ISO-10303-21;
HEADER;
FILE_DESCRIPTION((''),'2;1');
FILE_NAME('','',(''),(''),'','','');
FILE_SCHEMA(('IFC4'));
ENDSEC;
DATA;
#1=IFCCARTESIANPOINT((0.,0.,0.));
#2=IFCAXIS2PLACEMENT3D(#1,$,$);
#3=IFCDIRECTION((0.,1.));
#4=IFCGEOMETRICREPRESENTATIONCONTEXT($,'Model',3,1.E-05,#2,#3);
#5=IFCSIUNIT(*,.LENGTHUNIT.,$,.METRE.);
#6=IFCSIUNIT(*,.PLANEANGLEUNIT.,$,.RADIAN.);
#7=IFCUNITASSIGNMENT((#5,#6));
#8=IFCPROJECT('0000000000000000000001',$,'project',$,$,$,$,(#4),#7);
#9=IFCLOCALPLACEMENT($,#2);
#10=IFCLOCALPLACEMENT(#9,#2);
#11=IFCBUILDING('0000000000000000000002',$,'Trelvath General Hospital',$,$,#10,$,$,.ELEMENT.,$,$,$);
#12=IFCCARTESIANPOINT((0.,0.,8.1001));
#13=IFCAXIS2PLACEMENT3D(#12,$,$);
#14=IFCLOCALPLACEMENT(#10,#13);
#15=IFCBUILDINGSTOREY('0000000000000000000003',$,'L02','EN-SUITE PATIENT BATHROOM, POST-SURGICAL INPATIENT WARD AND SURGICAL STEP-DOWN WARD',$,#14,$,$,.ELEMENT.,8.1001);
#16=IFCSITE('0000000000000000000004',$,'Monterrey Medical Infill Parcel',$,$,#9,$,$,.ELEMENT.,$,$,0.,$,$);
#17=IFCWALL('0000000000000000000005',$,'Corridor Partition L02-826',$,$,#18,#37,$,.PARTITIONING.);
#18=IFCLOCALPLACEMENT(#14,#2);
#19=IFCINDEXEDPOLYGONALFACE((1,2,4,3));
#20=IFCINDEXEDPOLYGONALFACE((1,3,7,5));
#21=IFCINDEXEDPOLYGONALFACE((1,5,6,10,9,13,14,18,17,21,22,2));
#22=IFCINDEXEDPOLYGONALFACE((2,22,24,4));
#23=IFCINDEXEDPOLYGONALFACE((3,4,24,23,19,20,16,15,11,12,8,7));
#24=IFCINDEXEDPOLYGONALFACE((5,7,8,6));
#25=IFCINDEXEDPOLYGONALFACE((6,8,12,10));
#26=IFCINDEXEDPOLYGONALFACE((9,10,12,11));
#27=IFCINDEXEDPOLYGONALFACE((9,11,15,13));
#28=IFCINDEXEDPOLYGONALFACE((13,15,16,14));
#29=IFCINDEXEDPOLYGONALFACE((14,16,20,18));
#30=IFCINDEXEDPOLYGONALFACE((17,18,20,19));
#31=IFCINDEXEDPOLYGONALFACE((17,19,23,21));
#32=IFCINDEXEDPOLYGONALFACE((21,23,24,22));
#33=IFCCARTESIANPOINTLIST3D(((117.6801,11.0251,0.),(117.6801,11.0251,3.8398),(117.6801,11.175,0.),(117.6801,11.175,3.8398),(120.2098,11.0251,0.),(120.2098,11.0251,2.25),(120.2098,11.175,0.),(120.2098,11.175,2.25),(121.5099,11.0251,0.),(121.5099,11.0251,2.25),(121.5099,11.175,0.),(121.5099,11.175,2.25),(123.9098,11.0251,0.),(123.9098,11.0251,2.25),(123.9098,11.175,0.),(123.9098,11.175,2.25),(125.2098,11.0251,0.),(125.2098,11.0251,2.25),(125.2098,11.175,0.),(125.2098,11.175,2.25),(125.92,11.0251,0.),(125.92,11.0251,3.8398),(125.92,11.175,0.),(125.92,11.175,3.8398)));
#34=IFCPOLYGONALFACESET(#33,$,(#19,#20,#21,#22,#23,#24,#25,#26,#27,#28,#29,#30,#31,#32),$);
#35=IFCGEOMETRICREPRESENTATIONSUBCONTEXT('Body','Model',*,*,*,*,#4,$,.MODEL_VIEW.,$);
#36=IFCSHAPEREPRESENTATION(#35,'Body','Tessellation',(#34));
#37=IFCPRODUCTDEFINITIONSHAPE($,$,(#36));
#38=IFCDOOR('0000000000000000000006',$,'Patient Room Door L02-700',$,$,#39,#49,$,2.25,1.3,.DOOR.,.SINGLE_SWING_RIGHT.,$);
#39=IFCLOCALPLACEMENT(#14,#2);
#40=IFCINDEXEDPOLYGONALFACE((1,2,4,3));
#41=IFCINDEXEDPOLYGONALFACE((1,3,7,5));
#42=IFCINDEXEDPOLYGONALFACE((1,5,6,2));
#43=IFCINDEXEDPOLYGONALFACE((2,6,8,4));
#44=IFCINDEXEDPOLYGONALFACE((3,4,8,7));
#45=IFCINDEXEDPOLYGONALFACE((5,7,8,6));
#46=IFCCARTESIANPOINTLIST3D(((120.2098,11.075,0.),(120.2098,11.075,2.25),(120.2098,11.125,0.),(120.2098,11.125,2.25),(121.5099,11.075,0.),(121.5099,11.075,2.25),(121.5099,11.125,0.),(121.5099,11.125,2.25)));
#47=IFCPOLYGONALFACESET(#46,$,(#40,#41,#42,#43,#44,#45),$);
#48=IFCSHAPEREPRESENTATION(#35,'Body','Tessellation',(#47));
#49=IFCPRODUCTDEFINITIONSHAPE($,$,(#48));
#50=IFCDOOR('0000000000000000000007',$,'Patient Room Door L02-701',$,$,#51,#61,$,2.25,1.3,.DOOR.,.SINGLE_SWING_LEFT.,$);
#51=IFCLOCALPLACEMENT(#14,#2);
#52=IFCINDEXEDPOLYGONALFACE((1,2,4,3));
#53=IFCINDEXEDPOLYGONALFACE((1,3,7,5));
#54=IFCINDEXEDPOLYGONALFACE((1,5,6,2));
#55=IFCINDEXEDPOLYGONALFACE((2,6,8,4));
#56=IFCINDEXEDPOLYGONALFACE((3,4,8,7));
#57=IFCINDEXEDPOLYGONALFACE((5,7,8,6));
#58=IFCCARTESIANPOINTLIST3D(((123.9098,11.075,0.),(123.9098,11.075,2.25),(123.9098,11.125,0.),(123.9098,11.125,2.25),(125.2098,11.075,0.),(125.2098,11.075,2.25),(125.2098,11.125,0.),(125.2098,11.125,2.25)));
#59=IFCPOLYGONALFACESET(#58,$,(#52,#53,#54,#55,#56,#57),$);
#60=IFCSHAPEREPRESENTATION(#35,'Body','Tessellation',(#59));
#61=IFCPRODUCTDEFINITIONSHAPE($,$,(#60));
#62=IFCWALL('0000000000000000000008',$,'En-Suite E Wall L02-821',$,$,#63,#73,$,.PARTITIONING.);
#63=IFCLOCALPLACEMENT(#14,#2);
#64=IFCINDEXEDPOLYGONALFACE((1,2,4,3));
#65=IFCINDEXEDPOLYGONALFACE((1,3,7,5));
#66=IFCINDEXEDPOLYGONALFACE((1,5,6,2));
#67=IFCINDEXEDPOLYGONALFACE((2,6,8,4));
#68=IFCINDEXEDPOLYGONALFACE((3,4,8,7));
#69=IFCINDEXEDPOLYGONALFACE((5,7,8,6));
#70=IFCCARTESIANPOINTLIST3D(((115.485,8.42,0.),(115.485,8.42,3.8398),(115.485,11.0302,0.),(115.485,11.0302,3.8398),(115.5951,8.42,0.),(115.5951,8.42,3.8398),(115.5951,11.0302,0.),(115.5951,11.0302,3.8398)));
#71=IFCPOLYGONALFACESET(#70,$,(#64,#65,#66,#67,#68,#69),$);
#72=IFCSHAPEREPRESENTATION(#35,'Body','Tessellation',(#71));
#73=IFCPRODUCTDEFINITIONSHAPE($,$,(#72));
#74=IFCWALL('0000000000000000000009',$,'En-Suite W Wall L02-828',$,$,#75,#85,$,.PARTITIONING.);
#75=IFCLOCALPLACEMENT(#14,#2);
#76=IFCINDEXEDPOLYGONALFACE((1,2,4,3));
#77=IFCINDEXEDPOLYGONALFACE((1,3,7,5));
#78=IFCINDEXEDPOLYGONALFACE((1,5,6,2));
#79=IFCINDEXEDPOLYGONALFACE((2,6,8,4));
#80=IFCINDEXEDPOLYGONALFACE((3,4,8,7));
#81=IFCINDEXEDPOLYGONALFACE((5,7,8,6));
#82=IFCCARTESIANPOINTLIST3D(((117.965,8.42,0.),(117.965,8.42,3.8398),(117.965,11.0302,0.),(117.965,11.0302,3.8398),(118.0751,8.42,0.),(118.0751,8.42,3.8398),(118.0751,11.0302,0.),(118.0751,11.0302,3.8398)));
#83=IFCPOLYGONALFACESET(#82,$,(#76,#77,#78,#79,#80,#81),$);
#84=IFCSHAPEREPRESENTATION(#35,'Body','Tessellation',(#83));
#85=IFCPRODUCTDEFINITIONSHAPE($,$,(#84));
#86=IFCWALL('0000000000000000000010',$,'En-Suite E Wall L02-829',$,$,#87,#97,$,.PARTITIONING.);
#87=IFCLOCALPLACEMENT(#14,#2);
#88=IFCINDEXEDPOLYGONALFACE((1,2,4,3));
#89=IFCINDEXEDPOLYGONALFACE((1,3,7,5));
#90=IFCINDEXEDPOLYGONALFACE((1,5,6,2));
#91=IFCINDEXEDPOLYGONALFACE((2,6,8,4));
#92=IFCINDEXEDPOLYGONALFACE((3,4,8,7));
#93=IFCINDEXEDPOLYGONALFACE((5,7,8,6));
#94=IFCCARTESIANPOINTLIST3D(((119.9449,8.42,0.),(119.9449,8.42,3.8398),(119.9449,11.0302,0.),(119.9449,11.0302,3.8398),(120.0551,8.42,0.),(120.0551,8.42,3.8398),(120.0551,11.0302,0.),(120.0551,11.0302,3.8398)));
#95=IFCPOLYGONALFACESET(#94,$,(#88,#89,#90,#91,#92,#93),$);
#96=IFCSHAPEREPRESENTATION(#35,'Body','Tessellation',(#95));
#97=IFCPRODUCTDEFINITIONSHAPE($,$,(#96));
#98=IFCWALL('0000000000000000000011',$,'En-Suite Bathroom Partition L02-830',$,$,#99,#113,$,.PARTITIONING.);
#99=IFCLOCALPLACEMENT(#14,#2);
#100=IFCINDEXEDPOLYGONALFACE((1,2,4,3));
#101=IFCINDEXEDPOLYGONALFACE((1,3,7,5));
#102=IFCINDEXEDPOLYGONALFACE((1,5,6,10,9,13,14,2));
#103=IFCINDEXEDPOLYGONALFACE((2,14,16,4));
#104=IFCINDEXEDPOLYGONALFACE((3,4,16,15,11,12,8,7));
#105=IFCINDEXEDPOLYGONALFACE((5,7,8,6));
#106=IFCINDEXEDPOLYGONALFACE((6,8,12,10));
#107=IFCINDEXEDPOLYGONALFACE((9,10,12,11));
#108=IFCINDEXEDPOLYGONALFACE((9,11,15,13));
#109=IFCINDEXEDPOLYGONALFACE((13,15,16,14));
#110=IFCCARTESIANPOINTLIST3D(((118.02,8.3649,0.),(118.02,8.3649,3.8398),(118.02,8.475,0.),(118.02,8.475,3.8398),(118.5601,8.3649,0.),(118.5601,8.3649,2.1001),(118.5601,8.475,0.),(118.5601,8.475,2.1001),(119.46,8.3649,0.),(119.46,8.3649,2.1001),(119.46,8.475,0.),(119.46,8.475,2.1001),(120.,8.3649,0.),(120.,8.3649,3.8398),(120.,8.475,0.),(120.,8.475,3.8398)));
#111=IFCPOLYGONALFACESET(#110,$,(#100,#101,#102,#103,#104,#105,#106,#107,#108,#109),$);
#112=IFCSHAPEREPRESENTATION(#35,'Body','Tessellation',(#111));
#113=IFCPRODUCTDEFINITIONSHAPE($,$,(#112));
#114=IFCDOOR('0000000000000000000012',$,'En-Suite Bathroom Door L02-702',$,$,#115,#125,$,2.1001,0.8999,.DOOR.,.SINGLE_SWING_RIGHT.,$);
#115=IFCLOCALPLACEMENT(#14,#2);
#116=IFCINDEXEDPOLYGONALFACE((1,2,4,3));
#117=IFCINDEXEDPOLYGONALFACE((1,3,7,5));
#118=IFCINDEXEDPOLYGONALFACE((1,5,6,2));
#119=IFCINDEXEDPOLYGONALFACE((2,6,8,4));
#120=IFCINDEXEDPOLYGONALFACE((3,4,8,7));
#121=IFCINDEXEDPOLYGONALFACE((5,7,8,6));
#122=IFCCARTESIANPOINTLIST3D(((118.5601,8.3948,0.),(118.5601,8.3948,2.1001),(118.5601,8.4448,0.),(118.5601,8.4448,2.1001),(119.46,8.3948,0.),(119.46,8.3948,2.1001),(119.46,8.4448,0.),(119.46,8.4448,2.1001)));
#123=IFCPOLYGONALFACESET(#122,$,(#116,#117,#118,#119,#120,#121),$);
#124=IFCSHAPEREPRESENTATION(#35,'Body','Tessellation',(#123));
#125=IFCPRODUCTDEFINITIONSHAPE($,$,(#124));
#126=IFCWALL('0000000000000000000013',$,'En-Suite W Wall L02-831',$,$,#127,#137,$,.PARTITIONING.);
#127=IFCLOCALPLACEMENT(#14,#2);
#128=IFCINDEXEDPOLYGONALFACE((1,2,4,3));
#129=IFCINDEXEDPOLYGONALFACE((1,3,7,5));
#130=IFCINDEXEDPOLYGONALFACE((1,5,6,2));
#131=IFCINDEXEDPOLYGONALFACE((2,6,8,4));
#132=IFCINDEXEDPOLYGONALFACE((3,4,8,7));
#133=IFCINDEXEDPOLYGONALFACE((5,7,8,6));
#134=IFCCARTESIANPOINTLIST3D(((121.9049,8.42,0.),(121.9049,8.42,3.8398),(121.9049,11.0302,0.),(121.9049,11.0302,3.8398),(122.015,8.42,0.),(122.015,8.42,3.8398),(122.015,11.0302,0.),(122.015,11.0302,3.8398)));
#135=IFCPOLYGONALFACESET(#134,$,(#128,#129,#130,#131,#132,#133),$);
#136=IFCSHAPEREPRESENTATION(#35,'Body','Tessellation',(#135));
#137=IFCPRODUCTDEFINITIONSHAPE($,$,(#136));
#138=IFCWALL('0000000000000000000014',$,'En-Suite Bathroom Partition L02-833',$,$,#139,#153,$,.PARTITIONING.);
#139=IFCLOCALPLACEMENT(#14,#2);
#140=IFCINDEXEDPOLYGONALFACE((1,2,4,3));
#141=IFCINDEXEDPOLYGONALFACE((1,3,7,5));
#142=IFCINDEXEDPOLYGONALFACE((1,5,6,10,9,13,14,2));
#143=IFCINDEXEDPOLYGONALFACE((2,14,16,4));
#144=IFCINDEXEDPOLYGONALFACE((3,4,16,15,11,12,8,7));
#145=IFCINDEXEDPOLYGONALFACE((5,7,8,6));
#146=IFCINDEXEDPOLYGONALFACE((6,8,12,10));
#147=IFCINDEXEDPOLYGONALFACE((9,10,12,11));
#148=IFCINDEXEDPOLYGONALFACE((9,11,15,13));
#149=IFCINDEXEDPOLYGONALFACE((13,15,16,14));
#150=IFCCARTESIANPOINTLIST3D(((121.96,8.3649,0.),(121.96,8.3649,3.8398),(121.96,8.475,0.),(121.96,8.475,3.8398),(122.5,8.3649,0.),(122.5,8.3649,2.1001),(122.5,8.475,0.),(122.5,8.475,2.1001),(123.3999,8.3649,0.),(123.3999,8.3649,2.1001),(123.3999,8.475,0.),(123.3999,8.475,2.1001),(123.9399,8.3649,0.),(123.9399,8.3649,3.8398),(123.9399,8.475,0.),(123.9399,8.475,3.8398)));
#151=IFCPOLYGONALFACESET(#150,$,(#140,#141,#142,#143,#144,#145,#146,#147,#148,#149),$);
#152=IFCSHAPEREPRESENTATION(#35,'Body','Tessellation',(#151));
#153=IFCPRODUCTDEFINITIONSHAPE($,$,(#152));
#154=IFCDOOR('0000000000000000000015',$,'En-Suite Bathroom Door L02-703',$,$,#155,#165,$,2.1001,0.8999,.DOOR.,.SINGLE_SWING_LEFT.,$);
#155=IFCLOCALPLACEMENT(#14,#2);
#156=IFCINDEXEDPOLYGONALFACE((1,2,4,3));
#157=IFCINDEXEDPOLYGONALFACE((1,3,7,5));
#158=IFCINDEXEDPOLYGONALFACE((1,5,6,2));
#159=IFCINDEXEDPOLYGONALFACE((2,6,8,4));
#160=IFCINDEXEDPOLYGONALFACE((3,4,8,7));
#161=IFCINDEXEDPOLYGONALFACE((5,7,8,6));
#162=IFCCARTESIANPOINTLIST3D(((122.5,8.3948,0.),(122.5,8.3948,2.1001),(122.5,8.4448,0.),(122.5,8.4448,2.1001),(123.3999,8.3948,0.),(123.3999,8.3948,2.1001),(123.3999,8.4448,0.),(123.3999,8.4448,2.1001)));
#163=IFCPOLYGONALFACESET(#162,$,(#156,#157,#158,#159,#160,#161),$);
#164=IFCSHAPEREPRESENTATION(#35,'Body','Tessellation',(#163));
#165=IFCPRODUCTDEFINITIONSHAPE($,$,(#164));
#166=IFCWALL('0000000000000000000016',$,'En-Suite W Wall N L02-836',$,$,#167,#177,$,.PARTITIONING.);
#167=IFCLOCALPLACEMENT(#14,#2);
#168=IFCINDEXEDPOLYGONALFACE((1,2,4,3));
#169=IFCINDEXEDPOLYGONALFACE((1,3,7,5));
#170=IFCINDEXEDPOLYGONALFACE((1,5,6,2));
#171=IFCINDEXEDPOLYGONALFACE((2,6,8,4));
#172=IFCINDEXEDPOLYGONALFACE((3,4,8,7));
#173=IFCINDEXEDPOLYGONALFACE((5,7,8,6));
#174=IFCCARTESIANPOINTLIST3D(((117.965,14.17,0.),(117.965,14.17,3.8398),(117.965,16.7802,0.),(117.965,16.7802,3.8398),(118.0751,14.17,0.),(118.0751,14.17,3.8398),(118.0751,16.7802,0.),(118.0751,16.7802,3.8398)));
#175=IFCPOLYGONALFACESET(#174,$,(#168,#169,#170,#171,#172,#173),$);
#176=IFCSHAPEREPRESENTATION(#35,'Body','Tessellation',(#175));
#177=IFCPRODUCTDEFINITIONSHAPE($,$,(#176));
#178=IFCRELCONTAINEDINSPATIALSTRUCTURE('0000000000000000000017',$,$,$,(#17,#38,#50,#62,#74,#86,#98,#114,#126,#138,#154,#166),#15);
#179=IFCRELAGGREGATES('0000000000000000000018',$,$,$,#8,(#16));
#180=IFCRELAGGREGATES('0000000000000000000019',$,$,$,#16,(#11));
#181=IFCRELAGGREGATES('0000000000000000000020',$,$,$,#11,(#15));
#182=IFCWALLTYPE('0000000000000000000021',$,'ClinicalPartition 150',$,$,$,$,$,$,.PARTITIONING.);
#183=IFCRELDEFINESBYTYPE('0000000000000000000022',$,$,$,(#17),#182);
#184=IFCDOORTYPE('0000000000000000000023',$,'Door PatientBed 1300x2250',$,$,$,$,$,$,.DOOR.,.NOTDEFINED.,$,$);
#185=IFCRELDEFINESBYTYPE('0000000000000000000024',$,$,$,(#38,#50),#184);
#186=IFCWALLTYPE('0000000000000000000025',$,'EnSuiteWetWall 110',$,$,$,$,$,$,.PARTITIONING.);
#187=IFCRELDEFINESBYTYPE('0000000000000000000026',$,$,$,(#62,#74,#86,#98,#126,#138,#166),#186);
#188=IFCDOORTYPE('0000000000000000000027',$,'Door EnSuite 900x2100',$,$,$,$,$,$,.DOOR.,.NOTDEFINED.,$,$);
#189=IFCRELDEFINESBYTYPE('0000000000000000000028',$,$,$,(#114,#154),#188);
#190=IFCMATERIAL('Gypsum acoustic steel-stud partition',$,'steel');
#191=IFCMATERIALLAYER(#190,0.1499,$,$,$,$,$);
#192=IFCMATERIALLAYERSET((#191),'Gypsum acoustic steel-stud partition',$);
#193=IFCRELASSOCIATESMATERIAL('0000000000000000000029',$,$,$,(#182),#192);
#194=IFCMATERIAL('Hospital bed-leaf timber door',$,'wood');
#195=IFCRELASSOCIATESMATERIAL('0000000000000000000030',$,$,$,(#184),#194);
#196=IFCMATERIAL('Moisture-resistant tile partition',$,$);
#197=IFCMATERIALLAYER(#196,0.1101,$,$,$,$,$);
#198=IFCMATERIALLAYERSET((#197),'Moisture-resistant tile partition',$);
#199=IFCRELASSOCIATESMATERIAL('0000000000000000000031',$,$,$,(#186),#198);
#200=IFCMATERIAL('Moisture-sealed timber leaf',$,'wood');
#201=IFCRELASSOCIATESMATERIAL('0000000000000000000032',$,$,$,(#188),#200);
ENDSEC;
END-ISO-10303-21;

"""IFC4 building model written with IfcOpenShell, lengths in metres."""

from ifc_helpers import new_model, si_unit, direction, frame, frame_2d, origin, place, context, subcontext, project, spatial, rectangle, extrude, material, layer, layer_set, type_object, element, fill, save


model = new_model("IFC4")

# Units and contexts
model_context = context("Model", 3, precision=1e-05, world=origin(), true_north=direction((0.0, 1.0)))
body_context = subcontext(model_context, "Body", "Model", "MODEL_VIEW")
ifc_project = project(units=[si_unit("LENGTHUNIT", "METRE"), si_unit("PLANEANGLEUNIT", "RADIAN")], contexts=[model_context])

# Site, building, storey
site_placement = place(None, origin())
site = spatial("IfcSite", under=ifc_project, at=site_placement, Name="Monterrey Medical Infill Parcel", CompositionType="ELEMENT", RefElevation=0.0)
building_placement = place(site_placement, origin())
building = spatial("IfcBuilding", under=site, at=building_placement, Name="Trelvath General Hospital", CompositionType="ELEMENT")
storey_placement = place(building_placement, frame((0.0, 0.0, 8.1001)))
storey = spatial("IfcBuildingStorey", under=building, at=storey_placement, Name="L02", Description="EN-SUITE PATIENT BATHROOM, POST-SURGICAL INPATIENT WARD AND SURGICAL STEP-DOWN WARD", CompositionType="ELEMENT", Elevation=8.1001)

# Shared definitions
ifc_material_1 = material(Name="Gypsum acoustic steel-stud partition", Category="steel")
ifc_layer_1 = layer(ifc_material_1, 0.1499)
ifc_layer_set_1 = layer_set([ifc_layer_1], Name="Gypsum acoustic steel-stud partition")
wall_type_1 = type_object("IfcWallType", Name="ClinicalPartition 150", PredefinedType="PARTITIONING", material=ifc_layer_set_1)

# Wall, openings, doors
wall_1_placement = place(storey_placement, frame((117.6799, 11.1001, 0.0), z_axis=(0.0, 0.0, 1.0), x_axis=(1.0, 0.0, 0.0)))
wall_1 = element("IfcWall", 1, at=wall_1_placement, inside=storey, type_object=wall_type_1, Name="Corridor Partition L02-826", PredefinedType="PARTITIONING", context=body_context, shape_type="SweptSolid", body=[
    extrude(rectangle(XDim=8.24, YDim=0.1499, at=frame_2d((4.1201, 0.0))), origin(), (0.0, 0.0, 1.0), 3.8398),
])
opening_1_placement = place(wall_1_placement, frame((2.53, 0.0, 0.0)))
opening_1 = element("IfcOpeningElement", 2, at=opening_1_placement, cuts=wall_1, PredefinedType="OPENING", context=body_context, shape_type="SweptSolid", body=[
    extrude(rectangle(XDim=1.3, YDim=2.25, at=frame_2d((0.6499, 1.125))), frame((0.0, 0.085, 0.0), z_axis=(0.0, -1.0, 0.0), x_axis=(1.0, 0.0, 0.0)), (0.0, 0.0, 1.0), 0.1699),
])
opening_2_placement = place(wall_1_placement, frame((6.23, 0.0, 0.0)))
opening_2 = element("IfcOpeningElement", 3, at=opening_2_placement, cuts=wall_1, PredefinedType="OPENING", context=body_context, shape_type="SweptSolid", body=[
    extrude(rectangle(XDim=1.3, YDim=2.25, at=frame_2d((0.6499, 1.125))), frame((0.0, 0.085, 0.0), z_axis=(0.0, -1.0, 0.0), x_axis=(1.0, 0.0, 0.0)), (0.0, 0.0, 1.0), 0.1699),
])
ifc_material_2 = material(Name="Hospital bed-leaf timber door", Category="wood")
door_type_1 = type_object("IfcDoorType", Name="Door PatientBed 1300x2250", OperationType="NOTDEFINED", PredefinedType="DOOR", material=ifc_material_2)
door_1_placement = place(opening_1_placement, origin())
door_1 = element("IfcDoor", 4, at=door_1_placement, inside=storey, type_object=door_type_1, Name="Patient Room Door L02-700", OperationType="SINGLE_SWING_RIGHT", OverallHeight=2.25, OverallWidth=1.3, PredefinedType="DOOR", context=body_context, shape_type="SweptSolid", body=[
    extrude(rectangle(XDim=1.3, YDim=2.25, at=frame_2d((0.6499, 1.125))), frame((0.0, 0.0249, 0.0), z_axis=(0.0, -1.0, 0.0), x_axis=(1.0, 0.0, 0.0)), (0.0, 0.0, 1.0), 0.05),
])
fill(opening_1, door_1)
door_2_placement = place(opening_2_placement, origin())
door_2 = element("IfcDoor", 5, at=door_2_placement, inside=storey, type_object=door_type_1, Name="Patient Room Door L02-701", OperationType="SINGLE_SWING_LEFT", OverallHeight=2.25, OverallWidth=1.3, PredefinedType="DOOR", context=body_context, shape_type="SweptSolid", body=[
    extrude(rectangle(XDim=1.3, YDim=2.25, at=frame_2d((0.6499, 1.125))), frame((0.0, 0.0249, 0.0), z_axis=(0.0, -1.0, 0.0), x_axis=(1.0, 0.0, 0.0)), (0.0, 0.0, 1.0), 0.05),
])
fill(opening_2, door_2)

# Walls
ifc_material_3 = material(Name="Moisture-resistant tile partition")
ifc_layer_2 = layer(ifc_material_3, 0.1101)
ifc_layer_set_2 = layer_set([ifc_layer_2], Name="Moisture-resistant tile partition")
wall_type_2 = type_object("IfcWallType", Name="EnSuiteWetWall 110", PredefinedType="PARTITIONING", material=ifc_layer_set_2)
for number, where, z_axis, x_axis, name in (
    (6, (115.54, 8.4199, 0.0), (0.0, 0.0, 1.0), (0.0, 1.0, 0.0), "En-Suite E Wall L02-821"),
    (7, (118.02, 8.4199, 0.0), (0.0, 0.0, 1.0), (0.0, 1.0, 0.0), "En-Suite W Wall L02-828"),
    (8, (120.0, 8.4199, 0.0), (0.0, 0.0, 1.0), (0.0, 1.0, 0.0), "En-Suite E Wall L02-829"),
):
    element("IfcWall", number, at=place(storey_placement, frame(where, z_axis=z_axis, x_axis=x_axis)), inside=storey, type_object=wall_type_2, Name=name, PredefinedType="PARTITIONING", context=body_context, shape_type="SweptSolid", body=[
        extrude(rectangle(XDim=2.6101, YDim=0.1101, at=frame_2d((1.3052, 0.0))), origin(), (0.0, 0.0, 1.0), 3.8398),
    ])

# Wall, opening, door
wall_2_placement = place(storey_placement, frame((118.02, 8.4199, 0.0), z_axis=(0.0, 0.0, 1.0), x_axis=(1.0, 0.0, 0.0)))
wall_2 = element("IfcWall", 9, at=wall_2_placement, inside=storey, type_object=wall_type_2, Name="En-Suite Bathroom Partition L02-830", PredefinedType="PARTITIONING", context=body_context, shape_type="SweptSolid", body=[
    extrude(rectangle(XDim=1.98, YDim=0.1101, at=frame_2d((0.99, 0.0))), origin(), (0.0, 0.0, 1.0), 3.8398),
])
opening_3_placement = place(wall_2_placement, frame((0.54, 0.0, 0.0)))
opening_3 = element("IfcOpeningElement", 10, at=opening_3_placement, cuts=wall_2, PredefinedType="OPENING", context=body_context, shape_type="SweptSolid", body=[
    extrude(rectangle(XDim=0.8999, YDim=2.1001, at=frame_2d((0.45, 1.05))), frame((0.0, 0.0649, 0.0), z_axis=(0.0, -1.0, 0.0), x_axis=(1.0, 0.0, 0.0)), (0.0, 0.0, 1.0), 0.1301),
])
ifc_material_4 = material(Name="Moisture-sealed timber leaf", Category="wood")
door_type_2 = type_object("IfcDoorType", Name="Door EnSuite 900x2100", OperationType="NOTDEFINED", PredefinedType="DOOR", material=ifc_material_4)
door_3_placement = place(opening_3_placement, origin())
door_3 = element("IfcDoor", 11, at=door_3_placement, inside=storey, type_object=door_type_2, Name="En-Suite Bathroom Door L02-702", OperationType="SINGLE_SWING_RIGHT", OverallHeight=2.1001, OverallWidth=0.8999, PredefinedType="DOOR", context=body_context, shape_type="SweptSolid", body=[
    extrude(rectangle(XDim=0.8999, YDim=2.1001, at=frame_2d((0.45, 1.05))), frame((0.0, 0.0249, 0.0), z_axis=(0.0, -1.0, 0.0), x_axis=(1.0, 0.0, 0.0)), (0.0, 0.0, 1.0), 0.05),
])
fill(opening_3, door_3)

# Wall
wall_3_placement = place(storey_placement, frame((121.96, 8.4199, 0.0), z_axis=(0.0, 0.0, 1.0), x_axis=(0.0, 1.0, 0.0)))
element("IfcWall", 12, at=wall_3_placement, inside=storey, type_object=wall_type_2, Name="En-Suite W Wall L02-831", PredefinedType="PARTITIONING", context=body_context, shape_type="SweptSolid", body=[
    extrude(rectangle(XDim=2.6101, YDim=0.1101, at=frame_2d((1.3052, 0.0))), origin(), (0.0, 0.0, 1.0), 3.8398),
])

# Wall, opening, door
wall_4_placement = place(storey_placement, frame((121.96, 8.4199, 0.0), z_axis=(0.0, 0.0, 1.0), x_axis=(1.0, 0.0, 0.0)))
wall_4 = element("IfcWall", 13, at=wall_4_placement, inside=storey, type_object=wall_type_2, Name="En-Suite Bathroom Partition L02-833", PredefinedType="PARTITIONING", context=body_context, shape_type="SweptSolid", body=[
    extrude(rectangle(XDim=1.98, YDim=0.1101, at=frame_2d((0.99, 0.0))), origin(), (0.0, 0.0, 1.0), 3.8398),
])
opening_4_placement = place(wall_4_placement, frame((0.54, 0.0, 0.0)))
opening_4 = element("IfcOpeningElement", 14, at=opening_4_placement, cuts=wall_4, PredefinedType="OPENING", context=body_context, shape_type="SweptSolid", body=[
    extrude(rectangle(XDim=0.8999, YDim=2.1001, at=frame_2d((0.45, 1.05))), frame((0.0, 0.0649, 0.0), z_axis=(0.0, -1.0, 0.0), x_axis=(1.0, 0.0, 0.0)), (0.0, 0.0, 1.0), 0.1301),
])
door_4_placement = place(opening_4_placement, origin())
door_4 = element("IfcDoor", 15, at=door_4_placement, inside=storey, type_object=door_type_2, Name="En-Suite Bathroom Door L02-703", OperationType="SINGLE_SWING_LEFT", OverallHeight=2.1001, OverallWidth=0.8999, PredefinedType="DOOR", context=body_context, shape_type="SweptSolid", body=[
    extrude(rectangle(XDim=0.8999, YDim=2.1001, at=frame_2d((0.45, 1.05))), frame((0.0, 0.0249, 0.0), z_axis=(0.0, -1.0, 0.0), x_axis=(1.0, 0.0, 0.0)), (0.0, 0.0, 1.0), 0.05),
])
fill(opening_4, door_4)

# Wall
for number, where, z_axis, x_axis, name in (
    (16, (118.02, 14.1699, 0.0), (0.0, 0.0, 1.0), (0.0, 1.0, 0.0), "En-Suite W Wall N L02-836"),
):
    element("IfcWall", number, at=place(storey_placement, frame(where, z_axis=z_axis, x_axis=x_axis)), inside=storey, type_object=wall_type_2, Name=name, PredefinedType="PARTITIONING", context=body_context, shape_type="SweptSolid", body=[
        extrude(rectangle(XDim=2.6101, YDim=0.1101, at=frame_2d((1.3052, 0.0))), origin(), (0.0, 0.0, 1.0), 3.8398),
    ])

save(model, "model.ifc")
